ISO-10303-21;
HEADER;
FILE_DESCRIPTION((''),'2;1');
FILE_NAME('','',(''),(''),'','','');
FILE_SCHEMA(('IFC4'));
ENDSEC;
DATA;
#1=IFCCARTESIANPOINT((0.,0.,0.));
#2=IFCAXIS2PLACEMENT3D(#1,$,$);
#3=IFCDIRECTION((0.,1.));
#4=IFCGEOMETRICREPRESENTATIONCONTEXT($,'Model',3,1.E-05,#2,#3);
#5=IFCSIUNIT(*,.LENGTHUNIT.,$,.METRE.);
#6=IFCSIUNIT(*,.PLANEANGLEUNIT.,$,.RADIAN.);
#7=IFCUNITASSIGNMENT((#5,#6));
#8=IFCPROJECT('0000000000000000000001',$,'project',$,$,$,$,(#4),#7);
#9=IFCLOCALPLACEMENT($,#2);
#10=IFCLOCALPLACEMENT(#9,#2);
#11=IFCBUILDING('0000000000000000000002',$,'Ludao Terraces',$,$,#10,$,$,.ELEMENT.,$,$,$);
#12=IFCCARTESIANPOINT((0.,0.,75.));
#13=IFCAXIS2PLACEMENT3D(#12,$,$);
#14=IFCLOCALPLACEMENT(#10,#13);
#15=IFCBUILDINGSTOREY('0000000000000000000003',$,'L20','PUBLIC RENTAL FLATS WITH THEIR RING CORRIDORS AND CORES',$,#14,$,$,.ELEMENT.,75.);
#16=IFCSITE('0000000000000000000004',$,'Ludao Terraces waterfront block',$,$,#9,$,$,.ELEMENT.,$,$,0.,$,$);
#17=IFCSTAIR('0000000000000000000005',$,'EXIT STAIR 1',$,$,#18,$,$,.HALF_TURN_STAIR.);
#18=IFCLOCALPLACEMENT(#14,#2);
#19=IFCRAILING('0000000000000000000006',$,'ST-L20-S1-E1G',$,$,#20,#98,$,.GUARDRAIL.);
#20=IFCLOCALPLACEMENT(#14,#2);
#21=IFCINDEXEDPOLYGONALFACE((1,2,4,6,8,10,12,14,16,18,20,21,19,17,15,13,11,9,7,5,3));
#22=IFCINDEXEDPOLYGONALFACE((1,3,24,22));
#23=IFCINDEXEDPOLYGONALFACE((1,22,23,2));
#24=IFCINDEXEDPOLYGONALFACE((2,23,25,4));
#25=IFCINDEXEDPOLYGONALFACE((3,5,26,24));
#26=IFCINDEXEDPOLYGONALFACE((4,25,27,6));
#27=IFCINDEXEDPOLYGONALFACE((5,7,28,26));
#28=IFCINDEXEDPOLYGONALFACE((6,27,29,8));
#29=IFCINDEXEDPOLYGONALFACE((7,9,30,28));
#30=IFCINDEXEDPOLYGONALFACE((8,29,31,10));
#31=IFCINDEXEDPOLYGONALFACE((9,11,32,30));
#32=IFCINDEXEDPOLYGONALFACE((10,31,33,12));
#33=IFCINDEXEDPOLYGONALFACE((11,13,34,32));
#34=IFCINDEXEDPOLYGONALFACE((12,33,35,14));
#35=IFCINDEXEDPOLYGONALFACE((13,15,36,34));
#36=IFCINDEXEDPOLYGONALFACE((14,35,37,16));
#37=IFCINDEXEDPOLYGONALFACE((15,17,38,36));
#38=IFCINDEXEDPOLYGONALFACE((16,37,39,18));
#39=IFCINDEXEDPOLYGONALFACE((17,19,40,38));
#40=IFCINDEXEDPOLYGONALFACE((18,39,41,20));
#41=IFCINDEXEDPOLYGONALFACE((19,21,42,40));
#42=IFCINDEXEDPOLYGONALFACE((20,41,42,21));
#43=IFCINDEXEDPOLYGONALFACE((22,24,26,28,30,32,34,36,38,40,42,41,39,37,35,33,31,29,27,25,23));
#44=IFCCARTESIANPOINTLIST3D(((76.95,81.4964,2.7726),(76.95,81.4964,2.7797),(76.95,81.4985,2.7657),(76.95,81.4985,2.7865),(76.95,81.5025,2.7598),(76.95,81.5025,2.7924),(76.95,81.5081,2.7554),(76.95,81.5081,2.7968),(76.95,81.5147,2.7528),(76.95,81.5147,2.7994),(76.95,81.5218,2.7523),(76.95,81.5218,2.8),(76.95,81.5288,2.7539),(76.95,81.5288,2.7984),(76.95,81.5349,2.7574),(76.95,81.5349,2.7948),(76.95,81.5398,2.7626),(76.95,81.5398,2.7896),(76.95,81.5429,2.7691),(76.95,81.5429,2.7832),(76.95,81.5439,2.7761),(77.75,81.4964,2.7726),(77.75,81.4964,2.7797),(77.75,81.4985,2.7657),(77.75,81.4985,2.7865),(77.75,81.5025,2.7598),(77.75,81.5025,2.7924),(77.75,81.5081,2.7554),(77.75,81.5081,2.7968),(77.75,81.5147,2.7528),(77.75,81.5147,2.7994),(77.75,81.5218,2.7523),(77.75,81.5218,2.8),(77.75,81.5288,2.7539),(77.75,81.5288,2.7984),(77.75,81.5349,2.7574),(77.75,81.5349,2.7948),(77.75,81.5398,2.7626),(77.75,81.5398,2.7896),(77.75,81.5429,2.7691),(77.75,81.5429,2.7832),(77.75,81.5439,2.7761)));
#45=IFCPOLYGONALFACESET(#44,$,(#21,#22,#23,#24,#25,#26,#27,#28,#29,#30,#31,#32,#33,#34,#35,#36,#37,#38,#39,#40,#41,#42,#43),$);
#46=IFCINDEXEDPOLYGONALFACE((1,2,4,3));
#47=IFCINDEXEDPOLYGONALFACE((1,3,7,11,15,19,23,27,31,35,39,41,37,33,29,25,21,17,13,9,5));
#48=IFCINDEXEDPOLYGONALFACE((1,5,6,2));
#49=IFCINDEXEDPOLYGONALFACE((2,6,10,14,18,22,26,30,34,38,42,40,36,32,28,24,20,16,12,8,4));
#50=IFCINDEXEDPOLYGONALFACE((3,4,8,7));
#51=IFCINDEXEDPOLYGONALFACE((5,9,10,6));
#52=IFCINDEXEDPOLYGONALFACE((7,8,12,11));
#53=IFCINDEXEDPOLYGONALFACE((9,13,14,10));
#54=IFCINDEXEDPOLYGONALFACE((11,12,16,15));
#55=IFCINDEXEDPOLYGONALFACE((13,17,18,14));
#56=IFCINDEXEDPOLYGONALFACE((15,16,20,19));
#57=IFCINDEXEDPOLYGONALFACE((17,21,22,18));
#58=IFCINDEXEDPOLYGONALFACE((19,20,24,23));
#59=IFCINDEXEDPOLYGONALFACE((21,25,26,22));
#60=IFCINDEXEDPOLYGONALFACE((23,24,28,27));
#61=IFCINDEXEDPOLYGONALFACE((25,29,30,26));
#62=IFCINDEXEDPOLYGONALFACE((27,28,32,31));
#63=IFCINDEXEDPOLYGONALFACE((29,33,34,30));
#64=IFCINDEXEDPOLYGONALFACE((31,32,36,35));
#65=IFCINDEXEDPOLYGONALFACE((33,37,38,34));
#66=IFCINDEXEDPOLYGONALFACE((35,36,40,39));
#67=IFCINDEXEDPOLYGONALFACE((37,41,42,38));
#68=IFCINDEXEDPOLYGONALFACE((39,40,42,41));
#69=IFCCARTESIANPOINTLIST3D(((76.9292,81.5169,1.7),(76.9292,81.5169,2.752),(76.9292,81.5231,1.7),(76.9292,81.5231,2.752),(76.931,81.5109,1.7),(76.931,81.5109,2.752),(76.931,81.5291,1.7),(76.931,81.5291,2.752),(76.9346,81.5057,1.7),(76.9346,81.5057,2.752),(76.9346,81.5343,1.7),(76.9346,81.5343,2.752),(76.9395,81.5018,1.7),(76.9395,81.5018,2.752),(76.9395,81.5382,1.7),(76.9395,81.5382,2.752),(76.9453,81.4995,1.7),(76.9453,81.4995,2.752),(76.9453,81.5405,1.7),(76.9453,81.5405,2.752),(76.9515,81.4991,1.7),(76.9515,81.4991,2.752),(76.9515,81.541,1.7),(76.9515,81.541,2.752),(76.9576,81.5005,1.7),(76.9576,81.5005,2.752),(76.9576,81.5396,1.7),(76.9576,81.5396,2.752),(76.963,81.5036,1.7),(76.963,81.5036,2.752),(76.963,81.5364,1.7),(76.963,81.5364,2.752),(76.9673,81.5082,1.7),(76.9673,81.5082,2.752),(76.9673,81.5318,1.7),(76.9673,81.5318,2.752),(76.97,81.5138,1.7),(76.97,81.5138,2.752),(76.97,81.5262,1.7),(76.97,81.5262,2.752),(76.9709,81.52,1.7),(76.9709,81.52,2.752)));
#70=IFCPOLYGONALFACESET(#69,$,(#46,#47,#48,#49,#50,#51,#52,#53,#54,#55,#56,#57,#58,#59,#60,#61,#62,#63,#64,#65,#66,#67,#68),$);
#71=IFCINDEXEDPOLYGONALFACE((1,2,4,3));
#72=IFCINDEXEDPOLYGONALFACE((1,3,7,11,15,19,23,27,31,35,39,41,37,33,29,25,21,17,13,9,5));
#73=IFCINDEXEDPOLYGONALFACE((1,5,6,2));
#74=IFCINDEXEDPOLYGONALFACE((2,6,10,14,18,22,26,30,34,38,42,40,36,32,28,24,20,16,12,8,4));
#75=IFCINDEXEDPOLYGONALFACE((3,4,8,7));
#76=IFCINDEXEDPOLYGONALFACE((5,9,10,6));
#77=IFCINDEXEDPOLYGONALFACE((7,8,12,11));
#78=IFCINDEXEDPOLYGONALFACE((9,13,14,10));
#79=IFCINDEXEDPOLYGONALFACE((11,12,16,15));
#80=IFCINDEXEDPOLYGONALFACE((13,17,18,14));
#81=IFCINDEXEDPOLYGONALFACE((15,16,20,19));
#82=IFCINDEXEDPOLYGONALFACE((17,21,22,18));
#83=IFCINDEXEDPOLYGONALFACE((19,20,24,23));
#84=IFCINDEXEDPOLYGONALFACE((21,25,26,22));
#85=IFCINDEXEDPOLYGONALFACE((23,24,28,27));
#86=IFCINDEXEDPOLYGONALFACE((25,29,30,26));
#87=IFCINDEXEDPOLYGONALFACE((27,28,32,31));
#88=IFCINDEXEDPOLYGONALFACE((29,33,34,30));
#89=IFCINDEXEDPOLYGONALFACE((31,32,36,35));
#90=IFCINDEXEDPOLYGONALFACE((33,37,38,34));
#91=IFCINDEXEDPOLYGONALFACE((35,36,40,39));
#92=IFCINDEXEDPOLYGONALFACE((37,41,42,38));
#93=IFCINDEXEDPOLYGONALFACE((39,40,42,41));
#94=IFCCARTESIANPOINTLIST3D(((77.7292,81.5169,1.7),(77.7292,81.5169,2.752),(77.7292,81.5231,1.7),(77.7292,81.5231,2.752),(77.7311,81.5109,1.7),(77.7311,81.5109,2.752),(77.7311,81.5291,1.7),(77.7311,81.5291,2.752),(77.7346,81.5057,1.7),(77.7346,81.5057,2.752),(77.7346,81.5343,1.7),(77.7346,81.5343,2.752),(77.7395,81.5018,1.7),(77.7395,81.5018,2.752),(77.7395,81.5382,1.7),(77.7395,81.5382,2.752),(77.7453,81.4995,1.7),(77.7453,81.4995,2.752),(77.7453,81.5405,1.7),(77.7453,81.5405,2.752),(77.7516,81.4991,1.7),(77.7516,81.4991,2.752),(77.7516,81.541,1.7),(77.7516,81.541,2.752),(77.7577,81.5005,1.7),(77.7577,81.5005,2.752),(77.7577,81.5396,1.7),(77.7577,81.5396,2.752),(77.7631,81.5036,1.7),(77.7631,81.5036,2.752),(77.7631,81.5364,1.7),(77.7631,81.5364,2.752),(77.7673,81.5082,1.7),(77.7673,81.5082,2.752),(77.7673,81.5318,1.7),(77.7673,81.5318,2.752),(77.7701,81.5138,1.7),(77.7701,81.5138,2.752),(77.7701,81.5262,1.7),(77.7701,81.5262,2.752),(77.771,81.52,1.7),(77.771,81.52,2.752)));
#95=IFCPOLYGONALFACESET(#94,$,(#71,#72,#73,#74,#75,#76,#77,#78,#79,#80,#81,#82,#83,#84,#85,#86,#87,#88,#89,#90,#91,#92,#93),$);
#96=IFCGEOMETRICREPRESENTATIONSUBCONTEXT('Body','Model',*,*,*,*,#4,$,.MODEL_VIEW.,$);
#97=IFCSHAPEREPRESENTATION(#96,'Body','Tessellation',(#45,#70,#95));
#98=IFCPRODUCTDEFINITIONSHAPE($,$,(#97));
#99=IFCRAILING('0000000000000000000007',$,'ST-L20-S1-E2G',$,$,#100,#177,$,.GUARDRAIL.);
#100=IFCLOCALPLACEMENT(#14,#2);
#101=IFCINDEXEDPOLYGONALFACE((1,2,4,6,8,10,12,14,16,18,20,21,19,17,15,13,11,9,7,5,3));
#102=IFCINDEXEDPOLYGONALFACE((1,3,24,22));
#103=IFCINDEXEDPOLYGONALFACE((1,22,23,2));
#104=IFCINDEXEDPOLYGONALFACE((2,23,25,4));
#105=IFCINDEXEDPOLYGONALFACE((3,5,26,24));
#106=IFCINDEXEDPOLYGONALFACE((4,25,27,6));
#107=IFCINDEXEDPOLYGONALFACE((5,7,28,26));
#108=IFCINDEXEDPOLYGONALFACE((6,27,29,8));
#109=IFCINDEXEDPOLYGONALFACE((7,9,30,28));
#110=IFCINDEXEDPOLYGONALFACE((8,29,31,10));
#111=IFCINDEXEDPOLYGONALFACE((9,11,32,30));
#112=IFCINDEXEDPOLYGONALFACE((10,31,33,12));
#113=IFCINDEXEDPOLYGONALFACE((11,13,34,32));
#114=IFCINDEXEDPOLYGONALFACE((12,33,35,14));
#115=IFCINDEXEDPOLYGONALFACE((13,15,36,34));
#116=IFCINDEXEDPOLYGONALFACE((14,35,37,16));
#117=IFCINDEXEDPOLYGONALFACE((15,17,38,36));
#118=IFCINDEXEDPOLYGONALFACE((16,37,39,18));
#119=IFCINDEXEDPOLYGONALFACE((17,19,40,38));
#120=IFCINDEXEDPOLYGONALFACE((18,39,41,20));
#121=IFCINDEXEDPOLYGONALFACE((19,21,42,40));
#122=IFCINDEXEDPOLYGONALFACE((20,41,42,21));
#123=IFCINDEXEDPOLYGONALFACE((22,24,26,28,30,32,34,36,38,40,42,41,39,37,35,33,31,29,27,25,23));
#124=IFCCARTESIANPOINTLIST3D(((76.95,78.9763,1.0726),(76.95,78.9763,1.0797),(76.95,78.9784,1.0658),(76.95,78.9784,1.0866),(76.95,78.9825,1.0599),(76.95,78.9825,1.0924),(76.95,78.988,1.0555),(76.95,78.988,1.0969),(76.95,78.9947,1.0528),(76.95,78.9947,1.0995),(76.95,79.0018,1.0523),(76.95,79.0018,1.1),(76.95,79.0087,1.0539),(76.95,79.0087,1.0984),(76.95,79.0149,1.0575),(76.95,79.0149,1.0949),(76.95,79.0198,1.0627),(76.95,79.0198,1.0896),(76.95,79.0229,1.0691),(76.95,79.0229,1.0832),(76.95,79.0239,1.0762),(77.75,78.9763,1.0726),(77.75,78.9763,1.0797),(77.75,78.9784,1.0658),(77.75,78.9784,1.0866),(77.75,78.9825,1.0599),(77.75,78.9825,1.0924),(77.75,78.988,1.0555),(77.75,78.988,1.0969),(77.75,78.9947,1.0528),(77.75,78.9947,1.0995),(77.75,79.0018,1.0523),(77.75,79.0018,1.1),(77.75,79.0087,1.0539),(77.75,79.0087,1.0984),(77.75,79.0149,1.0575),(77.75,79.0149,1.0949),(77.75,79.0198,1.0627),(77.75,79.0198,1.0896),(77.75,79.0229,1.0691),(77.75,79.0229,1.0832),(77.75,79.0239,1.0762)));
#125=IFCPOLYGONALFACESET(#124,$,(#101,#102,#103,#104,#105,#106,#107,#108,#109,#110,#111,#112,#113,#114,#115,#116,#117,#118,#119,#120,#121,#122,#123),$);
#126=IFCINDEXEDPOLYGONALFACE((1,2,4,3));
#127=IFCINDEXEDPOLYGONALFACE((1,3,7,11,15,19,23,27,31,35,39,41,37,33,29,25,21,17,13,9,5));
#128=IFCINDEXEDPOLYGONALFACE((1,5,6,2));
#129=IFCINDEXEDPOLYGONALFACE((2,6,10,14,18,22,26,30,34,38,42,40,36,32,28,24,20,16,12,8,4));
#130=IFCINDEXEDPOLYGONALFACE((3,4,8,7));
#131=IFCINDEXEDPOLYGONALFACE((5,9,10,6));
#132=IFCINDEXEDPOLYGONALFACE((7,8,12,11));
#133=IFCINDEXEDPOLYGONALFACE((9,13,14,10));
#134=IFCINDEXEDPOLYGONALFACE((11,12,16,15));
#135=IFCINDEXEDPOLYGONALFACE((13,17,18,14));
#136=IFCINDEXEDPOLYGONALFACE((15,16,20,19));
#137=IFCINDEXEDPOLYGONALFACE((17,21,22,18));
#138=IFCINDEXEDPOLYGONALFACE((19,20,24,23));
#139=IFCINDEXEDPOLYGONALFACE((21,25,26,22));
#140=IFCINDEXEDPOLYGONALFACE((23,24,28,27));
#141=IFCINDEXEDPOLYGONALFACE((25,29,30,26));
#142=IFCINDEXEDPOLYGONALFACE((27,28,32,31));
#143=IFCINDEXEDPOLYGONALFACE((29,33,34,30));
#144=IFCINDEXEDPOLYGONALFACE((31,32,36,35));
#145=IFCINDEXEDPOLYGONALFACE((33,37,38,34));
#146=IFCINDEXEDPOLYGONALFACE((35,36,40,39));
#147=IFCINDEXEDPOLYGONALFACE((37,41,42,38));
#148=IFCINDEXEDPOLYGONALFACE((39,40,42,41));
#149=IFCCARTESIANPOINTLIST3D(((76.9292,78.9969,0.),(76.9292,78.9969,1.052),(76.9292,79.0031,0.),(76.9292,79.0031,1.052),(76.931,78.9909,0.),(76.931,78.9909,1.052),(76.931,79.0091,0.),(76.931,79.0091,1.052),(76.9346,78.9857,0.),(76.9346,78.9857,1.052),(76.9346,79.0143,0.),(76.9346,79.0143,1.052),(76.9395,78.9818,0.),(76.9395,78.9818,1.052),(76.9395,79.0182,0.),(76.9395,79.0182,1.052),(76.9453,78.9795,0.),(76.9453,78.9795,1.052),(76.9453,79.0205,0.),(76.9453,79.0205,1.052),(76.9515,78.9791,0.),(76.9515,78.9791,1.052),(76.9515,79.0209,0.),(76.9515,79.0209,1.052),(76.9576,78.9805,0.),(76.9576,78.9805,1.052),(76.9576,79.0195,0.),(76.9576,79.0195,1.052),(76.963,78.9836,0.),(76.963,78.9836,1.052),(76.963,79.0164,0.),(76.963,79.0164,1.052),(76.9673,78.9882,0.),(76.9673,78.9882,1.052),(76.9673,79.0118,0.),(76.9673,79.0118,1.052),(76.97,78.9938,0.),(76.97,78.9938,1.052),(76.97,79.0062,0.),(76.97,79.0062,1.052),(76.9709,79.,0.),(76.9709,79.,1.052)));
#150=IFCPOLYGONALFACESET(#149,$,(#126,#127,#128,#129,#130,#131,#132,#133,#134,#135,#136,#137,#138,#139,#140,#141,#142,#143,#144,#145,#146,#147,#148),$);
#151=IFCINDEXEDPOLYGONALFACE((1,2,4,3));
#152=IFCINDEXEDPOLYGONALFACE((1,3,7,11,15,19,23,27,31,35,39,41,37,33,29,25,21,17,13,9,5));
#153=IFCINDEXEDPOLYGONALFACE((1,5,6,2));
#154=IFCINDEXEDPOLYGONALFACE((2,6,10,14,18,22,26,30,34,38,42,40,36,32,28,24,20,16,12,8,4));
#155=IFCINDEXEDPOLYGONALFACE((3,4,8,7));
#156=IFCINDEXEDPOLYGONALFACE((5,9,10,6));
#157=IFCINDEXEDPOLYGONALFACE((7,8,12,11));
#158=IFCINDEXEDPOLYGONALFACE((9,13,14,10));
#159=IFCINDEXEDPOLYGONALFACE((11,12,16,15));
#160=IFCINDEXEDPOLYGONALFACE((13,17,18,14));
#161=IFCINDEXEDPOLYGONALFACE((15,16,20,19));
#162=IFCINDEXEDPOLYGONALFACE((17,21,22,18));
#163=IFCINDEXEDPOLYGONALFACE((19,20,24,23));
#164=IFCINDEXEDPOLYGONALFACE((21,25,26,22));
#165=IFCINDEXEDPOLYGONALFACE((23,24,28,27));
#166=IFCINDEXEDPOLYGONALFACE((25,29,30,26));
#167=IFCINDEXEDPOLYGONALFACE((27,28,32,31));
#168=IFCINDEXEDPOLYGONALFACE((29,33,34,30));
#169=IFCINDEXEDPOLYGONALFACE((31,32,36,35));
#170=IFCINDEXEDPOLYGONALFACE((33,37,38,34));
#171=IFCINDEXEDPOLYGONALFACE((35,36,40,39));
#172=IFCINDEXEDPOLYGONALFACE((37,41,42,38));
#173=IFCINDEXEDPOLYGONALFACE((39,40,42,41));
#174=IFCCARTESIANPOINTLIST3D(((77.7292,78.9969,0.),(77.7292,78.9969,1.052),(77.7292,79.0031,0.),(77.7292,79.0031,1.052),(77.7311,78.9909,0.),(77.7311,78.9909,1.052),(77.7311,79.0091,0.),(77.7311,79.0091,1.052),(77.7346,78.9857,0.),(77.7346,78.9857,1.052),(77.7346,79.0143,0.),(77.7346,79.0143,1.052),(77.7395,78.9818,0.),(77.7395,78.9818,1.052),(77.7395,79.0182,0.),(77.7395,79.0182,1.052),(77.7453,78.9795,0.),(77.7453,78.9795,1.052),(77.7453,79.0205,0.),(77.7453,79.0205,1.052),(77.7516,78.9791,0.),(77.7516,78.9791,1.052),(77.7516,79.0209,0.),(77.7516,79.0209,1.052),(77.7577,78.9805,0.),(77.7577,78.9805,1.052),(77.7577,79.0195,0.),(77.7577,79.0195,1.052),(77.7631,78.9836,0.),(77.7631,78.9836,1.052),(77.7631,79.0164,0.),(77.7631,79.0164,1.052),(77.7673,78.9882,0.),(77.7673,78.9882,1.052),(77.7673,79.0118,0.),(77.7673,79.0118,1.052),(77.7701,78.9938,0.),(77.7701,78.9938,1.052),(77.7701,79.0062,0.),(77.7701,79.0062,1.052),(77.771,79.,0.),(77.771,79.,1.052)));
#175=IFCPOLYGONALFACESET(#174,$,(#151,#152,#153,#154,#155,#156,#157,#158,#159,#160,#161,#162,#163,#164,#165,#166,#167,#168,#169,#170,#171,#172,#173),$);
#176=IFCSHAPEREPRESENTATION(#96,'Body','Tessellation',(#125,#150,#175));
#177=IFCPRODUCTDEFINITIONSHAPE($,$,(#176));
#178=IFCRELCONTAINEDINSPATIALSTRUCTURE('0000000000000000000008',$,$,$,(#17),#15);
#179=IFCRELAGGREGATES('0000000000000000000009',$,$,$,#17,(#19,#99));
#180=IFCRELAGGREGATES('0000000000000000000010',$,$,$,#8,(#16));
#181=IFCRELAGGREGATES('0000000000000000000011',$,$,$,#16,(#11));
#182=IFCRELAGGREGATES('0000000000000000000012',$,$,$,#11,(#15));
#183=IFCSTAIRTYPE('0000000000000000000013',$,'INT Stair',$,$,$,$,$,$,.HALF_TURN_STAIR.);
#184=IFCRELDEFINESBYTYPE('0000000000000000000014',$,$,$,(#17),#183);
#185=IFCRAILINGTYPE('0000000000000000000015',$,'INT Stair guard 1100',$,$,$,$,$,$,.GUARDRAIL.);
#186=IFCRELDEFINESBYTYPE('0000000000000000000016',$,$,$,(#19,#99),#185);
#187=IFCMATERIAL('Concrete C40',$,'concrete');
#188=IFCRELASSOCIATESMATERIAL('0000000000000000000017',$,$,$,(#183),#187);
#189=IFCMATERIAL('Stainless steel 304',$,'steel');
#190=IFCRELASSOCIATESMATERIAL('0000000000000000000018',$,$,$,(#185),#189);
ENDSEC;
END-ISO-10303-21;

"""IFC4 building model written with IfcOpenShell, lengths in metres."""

from ifc_helpers import new_model, si_unit, direction, frame, origin, origin_2d, place, context, subcontext, project, spatial, circle, extrude, material, type_object, element, aggregate, save


model = new_model("IFC4")

# Units and contexts
model_context = context("Model", 3, precision=1e-05, world=origin(), true_north=direction((0.0, 1.0)))
body_context = subcontext(model_context, "Body", "Model", "MODEL_VIEW")
ifc_project = project(units=[si_unit("LENGTHUNIT", "METRE"), si_unit("PLANEANGLEUNIT", "RADIAN")], contexts=[model_context])

# Site, building, storey
site_placement = place(None, origin())
site = spatial("IfcSite", under=ifc_project, at=site_placement, Name="Ludao Terraces waterfront block", CompositionType="ELEMENT", RefElevation=0.0)
building_placement = place(site_placement, origin())
building = spatial("IfcBuilding", under=site, at=building_placement, Name="Ludao Terraces", CompositionType="ELEMENT")
storey_placement = place(building_placement, frame((0.0, 0.0, 75.0)))
storey = spatial("IfcBuildingStorey", under=building, at=storey_placement, Name="L20", Description="PUBLIC RENTAL FLATS WITH THEIR RING CORRIDORS AND CORES", CompositionType="ELEMENT", Elevation=75.0)

# Shared definitions
ifc_material_1 = material(Name="Stainless steel 304", Category="steel")

# Stair, railings
ifc_material_2 = material(Name="Concrete C40", Category="concrete")
stair_type = type_object("IfcStairType", Name="INT Stair", PredefinedType="HALF_TURN_STAIR", material=ifc_material_2)
stair_placement = place(storey_placement, origin())
stair = element("IfcStair", 1, at=stair_placement, inside=storey, type_object=stair_type, Name="EXIT STAIR 1", PredefinedType="HALF_TURN_STAIR")
railing_type_1 = type_object("IfcRailingType", Name="INT Stair guard 1100", PredefinedType="GUARDRAIL", material=ifc_material_1)
railing_1_placement = place(storey_placement, frame((76.95, 81.52, 1.7)))
railing_1 = element("IfcRailing", 2, at=railing_1_placement, type_object=railing_type_1, Name="ST-L20-S1-E1G", PredefinedType="GUARDRAIL", context=body_context, shape_type="SweptSolid", body=[
    extrude(circle(Radius=0.0239, at=origin_2d()), frame((0.0, 0.0, 1.0762), z_axis=(1.0, 0.0, 0.0), x_axis=(0.0, 1.0, 0.0)), (0.0, 0.0, 1.0), 0.8),
    extrude(circle(Radius=0.021, at=origin_2d()), origin(), (0.0, 0.0, 1.0), 1.052),
    extrude(circle(Radius=0.021, at=origin_2d()), frame((0.8, 0.0, 0.0)), (0.0, 0.0, 1.0), 1.052),
])
railing_2_placement = place(storey_placement, frame((76.95, 79.0, 0.0)))
railing_2 = element("IfcRailing", 3, at=railing_2_placement, type_object=railing_type_1, Name="ST-L20-S1-E2G", PredefinedType="GUARDRAIL", context=body_context, shape_type="SweptSolid", body=[
    extrude(circle(Radius=0.0239, at=origin_2d()), frame((0.0, 0.0, 1.0762), z_axis=(1.0, 0.0, 0.0), x_axis=(0.0, 1.0, 0.0)), (0.0, 0.0, 1.0), 0.8),
    extrude(circle(Radius=0.021, at=origin_2d()), origin(), (0.0, 0.0, 1.0), 1.052),
    extrude(circle(Radius=0.021, at=origin_2d()), frame((0.8, 0.0, 0.0)), (0.0, 0.0, 1.0), 1.052),
])
aggregate(stair, [railing_1, railing_2])

save(model, "model.ifc")
